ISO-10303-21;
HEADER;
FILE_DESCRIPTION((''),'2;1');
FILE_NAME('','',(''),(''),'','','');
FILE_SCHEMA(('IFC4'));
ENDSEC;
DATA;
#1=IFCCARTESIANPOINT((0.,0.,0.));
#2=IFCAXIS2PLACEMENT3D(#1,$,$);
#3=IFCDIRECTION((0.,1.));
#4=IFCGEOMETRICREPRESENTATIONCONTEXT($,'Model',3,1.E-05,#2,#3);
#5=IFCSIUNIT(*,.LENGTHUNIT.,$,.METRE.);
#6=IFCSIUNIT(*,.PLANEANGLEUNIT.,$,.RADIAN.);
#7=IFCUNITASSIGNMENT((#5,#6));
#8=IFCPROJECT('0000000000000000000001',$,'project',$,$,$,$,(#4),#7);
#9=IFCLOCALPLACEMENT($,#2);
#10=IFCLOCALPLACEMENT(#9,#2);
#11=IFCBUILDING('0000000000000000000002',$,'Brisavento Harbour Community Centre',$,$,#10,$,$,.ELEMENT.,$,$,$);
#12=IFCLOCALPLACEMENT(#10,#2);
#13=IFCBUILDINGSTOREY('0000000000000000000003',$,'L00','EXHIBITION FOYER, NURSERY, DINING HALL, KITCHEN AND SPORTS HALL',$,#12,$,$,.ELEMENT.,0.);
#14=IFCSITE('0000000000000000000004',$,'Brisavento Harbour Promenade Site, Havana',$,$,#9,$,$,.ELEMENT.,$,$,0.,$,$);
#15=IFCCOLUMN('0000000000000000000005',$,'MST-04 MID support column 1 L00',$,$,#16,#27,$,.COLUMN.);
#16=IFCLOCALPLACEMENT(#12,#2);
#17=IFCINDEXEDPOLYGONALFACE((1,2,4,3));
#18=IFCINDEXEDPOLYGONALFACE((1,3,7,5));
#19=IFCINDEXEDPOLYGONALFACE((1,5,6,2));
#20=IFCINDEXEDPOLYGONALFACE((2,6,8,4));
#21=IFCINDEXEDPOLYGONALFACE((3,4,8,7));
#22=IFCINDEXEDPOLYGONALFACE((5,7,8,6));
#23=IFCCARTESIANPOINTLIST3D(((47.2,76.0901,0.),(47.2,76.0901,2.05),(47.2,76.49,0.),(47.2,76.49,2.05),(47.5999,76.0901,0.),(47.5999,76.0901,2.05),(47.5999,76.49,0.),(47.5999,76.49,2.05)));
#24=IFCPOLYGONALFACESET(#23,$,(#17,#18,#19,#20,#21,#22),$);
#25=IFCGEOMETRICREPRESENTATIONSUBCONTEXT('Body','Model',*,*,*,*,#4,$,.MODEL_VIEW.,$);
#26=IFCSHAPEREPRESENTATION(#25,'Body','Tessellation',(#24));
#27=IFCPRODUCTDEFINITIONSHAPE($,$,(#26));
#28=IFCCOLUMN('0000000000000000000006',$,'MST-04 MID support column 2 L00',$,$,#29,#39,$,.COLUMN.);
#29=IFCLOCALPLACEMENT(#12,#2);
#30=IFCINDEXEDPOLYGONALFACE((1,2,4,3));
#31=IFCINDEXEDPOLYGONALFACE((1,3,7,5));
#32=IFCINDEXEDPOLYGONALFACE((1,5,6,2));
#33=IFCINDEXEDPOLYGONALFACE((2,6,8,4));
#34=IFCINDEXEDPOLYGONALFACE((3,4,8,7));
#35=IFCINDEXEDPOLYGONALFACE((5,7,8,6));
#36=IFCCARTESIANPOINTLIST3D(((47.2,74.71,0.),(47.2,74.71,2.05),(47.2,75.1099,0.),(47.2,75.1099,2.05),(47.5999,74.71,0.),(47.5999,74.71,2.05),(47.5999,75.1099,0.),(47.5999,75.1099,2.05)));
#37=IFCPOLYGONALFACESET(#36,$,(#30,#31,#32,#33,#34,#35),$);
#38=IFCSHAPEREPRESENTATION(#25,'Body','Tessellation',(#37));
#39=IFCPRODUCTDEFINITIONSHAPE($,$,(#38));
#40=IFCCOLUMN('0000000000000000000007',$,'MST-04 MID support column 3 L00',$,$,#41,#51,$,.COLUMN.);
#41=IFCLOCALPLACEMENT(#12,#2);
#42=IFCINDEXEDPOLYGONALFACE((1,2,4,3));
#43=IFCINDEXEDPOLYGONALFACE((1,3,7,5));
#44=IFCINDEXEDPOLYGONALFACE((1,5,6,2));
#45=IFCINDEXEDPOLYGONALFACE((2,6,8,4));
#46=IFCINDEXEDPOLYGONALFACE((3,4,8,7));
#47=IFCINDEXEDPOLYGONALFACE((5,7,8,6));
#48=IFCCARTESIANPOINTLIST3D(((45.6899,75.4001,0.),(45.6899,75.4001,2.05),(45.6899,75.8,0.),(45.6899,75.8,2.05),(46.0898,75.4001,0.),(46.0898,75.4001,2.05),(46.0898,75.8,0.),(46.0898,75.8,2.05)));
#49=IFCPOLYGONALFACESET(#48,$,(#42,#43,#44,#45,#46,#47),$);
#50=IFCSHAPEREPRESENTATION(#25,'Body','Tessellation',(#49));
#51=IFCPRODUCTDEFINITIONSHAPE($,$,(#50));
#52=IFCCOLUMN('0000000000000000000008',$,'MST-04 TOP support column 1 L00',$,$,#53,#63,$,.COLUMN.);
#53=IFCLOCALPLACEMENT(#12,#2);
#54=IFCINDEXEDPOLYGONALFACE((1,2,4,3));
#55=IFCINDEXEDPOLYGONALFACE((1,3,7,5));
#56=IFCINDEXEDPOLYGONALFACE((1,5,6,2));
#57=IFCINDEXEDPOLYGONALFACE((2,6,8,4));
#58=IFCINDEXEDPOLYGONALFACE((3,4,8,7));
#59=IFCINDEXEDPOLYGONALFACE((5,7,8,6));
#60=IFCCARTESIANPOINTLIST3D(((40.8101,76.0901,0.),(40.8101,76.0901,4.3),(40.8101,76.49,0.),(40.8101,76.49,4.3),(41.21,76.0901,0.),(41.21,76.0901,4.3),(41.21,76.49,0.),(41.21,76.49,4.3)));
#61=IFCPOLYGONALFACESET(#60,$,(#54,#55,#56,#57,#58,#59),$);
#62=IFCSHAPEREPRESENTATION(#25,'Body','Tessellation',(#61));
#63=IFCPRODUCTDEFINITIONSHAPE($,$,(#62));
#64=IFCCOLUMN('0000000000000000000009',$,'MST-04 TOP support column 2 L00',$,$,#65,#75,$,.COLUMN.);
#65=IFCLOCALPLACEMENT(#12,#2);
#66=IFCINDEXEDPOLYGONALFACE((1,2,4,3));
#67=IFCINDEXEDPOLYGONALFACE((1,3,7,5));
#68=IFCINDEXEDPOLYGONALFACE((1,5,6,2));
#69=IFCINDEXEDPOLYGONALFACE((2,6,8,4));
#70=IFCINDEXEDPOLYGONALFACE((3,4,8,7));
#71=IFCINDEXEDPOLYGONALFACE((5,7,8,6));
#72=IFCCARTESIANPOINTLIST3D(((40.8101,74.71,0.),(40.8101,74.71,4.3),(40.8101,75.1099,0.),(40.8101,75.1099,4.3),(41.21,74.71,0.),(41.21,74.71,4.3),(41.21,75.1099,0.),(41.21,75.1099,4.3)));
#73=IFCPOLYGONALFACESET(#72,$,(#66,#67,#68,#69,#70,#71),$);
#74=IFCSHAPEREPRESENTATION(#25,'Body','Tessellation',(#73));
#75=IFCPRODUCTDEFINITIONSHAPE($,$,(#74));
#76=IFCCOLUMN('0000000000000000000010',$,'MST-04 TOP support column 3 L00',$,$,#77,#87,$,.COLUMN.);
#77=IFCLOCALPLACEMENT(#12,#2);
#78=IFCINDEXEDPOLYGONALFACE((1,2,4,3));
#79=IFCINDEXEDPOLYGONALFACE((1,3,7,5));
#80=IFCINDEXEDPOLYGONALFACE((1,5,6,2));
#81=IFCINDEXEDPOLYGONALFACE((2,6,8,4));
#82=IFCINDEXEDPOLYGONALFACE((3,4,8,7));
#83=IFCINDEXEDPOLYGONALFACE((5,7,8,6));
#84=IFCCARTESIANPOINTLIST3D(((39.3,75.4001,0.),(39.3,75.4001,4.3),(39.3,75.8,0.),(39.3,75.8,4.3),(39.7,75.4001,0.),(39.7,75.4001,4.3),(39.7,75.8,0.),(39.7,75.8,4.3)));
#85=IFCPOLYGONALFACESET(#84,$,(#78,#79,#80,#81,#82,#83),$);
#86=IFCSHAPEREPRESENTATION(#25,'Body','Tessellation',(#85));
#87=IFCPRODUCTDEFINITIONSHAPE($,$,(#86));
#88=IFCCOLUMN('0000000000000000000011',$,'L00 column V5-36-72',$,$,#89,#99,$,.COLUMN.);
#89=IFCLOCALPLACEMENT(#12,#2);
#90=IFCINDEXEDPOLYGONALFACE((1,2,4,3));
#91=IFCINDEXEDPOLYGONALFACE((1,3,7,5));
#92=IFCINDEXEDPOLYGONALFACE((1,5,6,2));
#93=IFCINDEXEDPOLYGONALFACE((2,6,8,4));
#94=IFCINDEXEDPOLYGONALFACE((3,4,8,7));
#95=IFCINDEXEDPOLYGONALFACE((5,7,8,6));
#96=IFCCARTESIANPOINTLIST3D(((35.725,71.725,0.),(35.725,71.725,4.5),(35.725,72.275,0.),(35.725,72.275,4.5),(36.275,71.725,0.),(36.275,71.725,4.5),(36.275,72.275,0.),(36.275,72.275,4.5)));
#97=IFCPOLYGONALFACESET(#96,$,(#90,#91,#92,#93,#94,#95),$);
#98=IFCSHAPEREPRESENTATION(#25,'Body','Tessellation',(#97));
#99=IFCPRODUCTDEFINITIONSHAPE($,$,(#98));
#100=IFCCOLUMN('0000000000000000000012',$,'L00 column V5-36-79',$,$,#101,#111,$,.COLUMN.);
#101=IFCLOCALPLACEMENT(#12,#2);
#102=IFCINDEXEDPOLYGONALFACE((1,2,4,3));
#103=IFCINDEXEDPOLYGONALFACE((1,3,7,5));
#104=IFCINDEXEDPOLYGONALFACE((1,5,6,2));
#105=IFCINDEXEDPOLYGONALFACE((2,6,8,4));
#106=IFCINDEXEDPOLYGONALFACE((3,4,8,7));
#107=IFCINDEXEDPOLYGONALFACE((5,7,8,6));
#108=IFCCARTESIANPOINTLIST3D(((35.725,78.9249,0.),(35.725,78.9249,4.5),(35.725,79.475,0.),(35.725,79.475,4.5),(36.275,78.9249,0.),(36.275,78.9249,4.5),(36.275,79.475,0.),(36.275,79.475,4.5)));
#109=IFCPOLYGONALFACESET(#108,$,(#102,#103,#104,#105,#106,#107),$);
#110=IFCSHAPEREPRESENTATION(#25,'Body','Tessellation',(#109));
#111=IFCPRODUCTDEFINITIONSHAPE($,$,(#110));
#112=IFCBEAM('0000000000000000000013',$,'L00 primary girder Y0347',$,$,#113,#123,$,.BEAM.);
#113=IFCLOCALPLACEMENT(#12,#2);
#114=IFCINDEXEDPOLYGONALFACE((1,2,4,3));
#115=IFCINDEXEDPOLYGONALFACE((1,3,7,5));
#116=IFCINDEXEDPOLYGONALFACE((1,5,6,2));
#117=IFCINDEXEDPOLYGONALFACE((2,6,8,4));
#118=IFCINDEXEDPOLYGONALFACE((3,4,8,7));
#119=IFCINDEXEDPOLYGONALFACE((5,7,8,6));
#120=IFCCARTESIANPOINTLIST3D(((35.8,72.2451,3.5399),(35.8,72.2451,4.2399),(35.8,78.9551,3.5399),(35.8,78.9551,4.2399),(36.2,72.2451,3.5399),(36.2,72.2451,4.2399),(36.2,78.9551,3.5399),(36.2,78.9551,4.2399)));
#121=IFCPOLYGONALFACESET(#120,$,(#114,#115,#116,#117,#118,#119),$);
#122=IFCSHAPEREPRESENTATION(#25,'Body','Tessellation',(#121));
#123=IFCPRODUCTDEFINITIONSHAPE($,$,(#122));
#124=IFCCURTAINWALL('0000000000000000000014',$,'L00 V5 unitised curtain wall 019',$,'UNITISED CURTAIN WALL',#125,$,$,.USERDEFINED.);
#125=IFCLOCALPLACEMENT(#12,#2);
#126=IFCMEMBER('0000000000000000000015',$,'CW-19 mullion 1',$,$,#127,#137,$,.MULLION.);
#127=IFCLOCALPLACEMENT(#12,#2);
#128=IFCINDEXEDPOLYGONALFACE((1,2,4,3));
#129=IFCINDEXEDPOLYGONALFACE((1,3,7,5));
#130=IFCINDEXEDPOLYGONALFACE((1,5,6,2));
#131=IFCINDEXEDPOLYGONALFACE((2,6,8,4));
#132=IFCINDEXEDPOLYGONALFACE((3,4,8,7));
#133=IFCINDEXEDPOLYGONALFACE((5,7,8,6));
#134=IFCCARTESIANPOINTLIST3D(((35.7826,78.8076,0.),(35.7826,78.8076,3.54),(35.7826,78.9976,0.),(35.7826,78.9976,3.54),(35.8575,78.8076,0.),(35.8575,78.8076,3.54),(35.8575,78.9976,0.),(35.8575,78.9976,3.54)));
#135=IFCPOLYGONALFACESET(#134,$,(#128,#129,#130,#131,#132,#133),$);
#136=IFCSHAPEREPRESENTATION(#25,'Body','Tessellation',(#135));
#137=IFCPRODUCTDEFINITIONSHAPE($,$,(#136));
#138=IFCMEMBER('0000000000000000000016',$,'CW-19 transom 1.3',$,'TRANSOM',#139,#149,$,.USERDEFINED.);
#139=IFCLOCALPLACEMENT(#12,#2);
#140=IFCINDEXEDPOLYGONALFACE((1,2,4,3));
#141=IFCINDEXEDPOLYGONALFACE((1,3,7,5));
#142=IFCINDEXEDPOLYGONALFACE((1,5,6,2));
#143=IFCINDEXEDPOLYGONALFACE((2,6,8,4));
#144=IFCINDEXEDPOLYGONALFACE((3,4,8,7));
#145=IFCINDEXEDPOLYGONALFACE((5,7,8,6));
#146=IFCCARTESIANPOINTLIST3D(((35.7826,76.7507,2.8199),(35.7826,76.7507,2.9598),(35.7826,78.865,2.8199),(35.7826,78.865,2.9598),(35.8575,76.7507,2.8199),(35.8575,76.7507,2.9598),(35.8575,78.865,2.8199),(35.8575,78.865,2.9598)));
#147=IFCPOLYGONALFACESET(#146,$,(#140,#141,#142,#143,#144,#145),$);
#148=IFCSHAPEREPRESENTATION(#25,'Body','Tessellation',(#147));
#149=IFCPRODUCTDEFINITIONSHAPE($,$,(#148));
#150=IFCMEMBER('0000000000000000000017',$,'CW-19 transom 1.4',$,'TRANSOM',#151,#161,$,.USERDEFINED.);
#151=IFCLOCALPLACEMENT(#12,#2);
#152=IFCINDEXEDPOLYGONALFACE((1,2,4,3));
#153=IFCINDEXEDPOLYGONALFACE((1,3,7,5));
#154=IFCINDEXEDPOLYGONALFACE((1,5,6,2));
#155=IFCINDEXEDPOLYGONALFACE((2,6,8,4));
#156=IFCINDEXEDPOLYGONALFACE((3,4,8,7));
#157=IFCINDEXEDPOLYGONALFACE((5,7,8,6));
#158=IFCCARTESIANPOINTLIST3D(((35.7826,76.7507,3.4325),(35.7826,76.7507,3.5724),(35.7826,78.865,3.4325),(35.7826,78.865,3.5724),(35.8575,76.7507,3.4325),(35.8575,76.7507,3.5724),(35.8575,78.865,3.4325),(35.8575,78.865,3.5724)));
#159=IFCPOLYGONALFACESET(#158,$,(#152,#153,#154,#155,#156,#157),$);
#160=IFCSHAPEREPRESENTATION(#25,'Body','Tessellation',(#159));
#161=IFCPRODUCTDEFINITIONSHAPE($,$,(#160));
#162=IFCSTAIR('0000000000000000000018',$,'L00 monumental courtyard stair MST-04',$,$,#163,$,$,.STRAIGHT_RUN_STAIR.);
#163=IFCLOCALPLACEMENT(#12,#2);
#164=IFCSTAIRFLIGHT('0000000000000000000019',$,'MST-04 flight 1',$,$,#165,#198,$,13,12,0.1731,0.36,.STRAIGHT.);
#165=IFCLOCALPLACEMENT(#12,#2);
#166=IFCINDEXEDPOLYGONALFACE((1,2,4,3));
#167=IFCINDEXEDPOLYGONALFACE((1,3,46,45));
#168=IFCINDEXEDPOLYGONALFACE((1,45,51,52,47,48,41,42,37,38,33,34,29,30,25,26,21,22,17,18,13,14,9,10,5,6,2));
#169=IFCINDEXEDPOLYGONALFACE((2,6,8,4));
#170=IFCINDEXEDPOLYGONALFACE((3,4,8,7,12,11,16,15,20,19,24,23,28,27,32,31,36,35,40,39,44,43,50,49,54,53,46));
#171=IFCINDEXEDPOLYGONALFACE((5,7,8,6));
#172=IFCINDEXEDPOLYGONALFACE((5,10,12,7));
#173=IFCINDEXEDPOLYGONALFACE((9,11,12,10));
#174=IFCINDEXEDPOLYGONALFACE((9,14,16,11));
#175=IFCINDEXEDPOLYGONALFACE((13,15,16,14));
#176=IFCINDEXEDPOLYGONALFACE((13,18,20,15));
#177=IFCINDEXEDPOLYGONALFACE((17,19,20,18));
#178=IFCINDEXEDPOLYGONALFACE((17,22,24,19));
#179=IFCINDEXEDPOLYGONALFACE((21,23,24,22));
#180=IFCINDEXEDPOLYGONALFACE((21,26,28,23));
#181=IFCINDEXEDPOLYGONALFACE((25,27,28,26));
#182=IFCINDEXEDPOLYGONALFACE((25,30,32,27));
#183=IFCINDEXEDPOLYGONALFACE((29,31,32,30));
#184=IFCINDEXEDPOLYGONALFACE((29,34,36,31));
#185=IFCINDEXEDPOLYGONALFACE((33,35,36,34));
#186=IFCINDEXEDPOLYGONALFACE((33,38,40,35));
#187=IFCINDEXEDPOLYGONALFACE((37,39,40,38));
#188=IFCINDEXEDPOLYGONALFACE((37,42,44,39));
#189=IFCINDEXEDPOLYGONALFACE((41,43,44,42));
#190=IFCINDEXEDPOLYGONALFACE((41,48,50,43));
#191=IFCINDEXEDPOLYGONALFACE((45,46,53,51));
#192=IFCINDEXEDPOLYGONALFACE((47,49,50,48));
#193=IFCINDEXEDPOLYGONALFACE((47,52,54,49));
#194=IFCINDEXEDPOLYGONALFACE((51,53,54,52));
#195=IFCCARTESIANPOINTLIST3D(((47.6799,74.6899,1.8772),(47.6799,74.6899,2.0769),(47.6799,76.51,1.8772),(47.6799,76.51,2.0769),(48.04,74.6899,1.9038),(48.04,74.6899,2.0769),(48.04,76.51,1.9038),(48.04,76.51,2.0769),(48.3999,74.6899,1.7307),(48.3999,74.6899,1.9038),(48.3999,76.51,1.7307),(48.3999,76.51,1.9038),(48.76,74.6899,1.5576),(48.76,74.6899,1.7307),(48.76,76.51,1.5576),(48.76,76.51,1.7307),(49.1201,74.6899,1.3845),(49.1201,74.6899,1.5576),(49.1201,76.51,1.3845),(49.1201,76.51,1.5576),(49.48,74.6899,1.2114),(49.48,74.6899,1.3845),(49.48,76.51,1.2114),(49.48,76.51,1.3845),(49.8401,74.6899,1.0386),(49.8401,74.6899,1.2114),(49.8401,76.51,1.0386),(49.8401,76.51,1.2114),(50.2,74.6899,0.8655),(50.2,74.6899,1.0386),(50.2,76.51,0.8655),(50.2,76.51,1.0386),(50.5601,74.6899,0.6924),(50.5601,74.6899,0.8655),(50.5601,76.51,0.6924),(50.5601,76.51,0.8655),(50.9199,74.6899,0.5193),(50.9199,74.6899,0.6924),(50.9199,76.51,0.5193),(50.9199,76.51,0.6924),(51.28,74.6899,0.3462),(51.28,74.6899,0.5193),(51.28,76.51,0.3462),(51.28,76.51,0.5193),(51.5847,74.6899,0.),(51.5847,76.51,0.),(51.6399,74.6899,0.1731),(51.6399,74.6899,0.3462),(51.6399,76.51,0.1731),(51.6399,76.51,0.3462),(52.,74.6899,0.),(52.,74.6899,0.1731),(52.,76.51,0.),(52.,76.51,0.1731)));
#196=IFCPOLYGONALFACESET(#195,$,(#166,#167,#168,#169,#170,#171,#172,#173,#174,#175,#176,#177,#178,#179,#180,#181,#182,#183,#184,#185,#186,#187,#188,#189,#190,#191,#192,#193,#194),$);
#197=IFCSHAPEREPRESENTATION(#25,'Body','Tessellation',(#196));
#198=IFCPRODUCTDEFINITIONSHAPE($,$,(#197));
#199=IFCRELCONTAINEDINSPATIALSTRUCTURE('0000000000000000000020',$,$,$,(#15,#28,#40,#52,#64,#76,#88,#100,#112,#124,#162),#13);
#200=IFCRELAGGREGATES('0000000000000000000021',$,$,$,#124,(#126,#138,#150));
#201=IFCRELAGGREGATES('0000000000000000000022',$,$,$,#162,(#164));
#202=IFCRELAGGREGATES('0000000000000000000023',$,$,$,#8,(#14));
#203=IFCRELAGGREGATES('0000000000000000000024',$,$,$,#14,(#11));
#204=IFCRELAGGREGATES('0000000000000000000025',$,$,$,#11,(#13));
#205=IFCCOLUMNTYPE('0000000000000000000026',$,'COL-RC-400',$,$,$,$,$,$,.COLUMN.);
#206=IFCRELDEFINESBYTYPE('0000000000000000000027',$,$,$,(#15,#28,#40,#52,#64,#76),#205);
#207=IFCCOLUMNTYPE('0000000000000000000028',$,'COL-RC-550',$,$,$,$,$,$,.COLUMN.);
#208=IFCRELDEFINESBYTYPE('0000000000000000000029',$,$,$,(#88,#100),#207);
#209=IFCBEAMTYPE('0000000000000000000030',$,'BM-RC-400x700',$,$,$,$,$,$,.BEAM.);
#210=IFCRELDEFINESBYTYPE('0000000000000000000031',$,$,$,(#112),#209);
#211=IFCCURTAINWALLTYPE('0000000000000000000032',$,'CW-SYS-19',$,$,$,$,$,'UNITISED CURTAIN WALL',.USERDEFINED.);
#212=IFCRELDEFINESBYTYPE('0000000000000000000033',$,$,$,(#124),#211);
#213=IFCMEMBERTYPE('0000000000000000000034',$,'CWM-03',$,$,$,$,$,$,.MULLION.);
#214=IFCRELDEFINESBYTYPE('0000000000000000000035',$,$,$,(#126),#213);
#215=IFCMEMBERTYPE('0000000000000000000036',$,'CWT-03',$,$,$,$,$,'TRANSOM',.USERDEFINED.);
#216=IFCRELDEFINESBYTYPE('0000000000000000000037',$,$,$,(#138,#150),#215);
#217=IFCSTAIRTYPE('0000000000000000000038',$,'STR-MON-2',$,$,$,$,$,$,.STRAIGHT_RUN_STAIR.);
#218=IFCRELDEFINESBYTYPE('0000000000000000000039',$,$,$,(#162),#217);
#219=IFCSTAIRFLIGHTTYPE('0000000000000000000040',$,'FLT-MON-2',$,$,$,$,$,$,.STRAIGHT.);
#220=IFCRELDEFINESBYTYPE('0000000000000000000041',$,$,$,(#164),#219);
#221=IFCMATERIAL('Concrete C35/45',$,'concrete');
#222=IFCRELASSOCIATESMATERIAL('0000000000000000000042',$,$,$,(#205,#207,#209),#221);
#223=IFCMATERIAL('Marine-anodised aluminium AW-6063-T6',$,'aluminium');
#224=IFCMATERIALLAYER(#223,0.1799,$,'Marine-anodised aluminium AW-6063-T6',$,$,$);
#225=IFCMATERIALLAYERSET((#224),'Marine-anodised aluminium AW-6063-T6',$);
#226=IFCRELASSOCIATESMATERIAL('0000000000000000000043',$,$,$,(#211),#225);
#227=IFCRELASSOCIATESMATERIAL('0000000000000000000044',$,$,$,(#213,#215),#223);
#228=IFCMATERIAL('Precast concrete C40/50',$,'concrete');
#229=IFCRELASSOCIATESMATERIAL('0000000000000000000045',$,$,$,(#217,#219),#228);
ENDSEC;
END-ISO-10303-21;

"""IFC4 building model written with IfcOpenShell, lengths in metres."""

from ifc_helpers import new_model, si_unit, direction, frame, origin, origin_2d, place, context, subcontext, project, spatial, polyline, rectangle, outline, extrude, material, layer, layer_set, material_profile, profile_set, type_object, element, aggregate, save


model = new_model("IFC4")

# Units and contexts
model_context = context("Model", 3, precision=1e-05, world=origin(), true_north=direction((0.0, 1.0)))
body_context = subcontext(model_context, "Body", "Model", "MODEL_VIEW")
ifc_project = project(units=[si_unit("LENGTHUNIT", "METRE"), si_unit("PLANEANGLEUNIT", "RADIAN")], contexts=[model_context])

# Site, building, storey
site_placement = place(None, origin())
site = spatial("IfcSite", under=ifc_project, at=site_placement, Name="Brisavento Harbour Promenade Site, Havana", CompositionType="ELEMENT", RefElevation=0.0)
building_placement = place(site_placement, origin())
building = spatial("IfcBuilding", under=site, at=building_placement, Name="Brisavento Harbour Community Centre", CompositionType="ELEMENT")
storey_placement = place(building_placement, origin())
storey = spatial("IfcBuildingStorey", under=building, at=storey_placement, Name="L00", Description="EXHIBITION FOYER, NURSERY, DINING HALL, KITCHEN AND SPORTS HALL", CompositionType="ELEMENT", Elevation=0.0)

# Columns
ifc_material_1 = material(Name="Concrete C35/45", Category="concrete")
ifc_material_profile_1 = material_profile(ifc_material_1, rectangle(XDim=0.3999, YDim=0.3999, at=origin_2d()), Name="Concrete C35/45")
ifc_profile_set_1 = profile_set([ifc_material_profile_1], Name="Concrete C35/45")
column_type_1 = type_object("IfcColumnType", Name="COL-RC-400", PredefinedType="COLUMN", material=ifc_profile_set_1)
for number, where, z_axis, x_axis, name in (
    (1, (47.3999, 76.29, 0.0), (0.0, 0.0, 1.0), (1.0, 0.0, 0.0), "MST-04 MID support column 1 L00"),
    (2, (47.3999, 74.9099, 0.0), (0.0, 0.0, 1.0), (1.0, 0.0, 0.0), "MST-04 MID support column 2 L00"),
    (3, (45.8899, 75.6001, 0.0), (0.0, 0.0, 1.0), (1.0, 0.0, 0.0), "MST-04 MID support column 3 L00"),
):
    element("IfcColumn", number, at=place(storey_placement, frame(where, z_axis=z_axis, x_axis=x_axis)), inside=storey, type_object=column_type_1, Name=name, PredefinedType="COLUMN", context=body_context, shape_type="SweptSolid", body=[
        extrude(rectangle(XDim=0.3999, YDim=0.3999, at=origin_2d()), origin(), (0.0, 0.0, 1.0), 2.05),
    ])
for number, where, z_axis, x_axis, name in (
    (4, (41.01, 76.29, 0.0), (0.0, 0.0, 1.0), (1.0, 0.0, 0.0), "MST-04 TOP support column 1 L00"),
    (5, (41.01, 74.9099, 0.0), (0.0, 0.0, 1.0), (1.0, 0.0, 0.0), "MST-04 TOP support column 2 L00"),
    (6, (39.5, 75.6001, 0.0), (0.0, 0.0, 1.0), (1.0, 0.0, 0.0), "MST-04 TOP support column 3 L00"),
):
    element("IfcColumn", number, at=place(storey_placement, frame(where, z_axis=z_axis, x_axis=x_axis)), inside=storey, type_object=column_type_1, Name=name, PredefinedType="COLUMN", context=body_context, shape_type="SweptSolid", body=[
        extrude(rectangle(XDim=0.3999, YDim=0.3999, at=origin_2d()), origin(), (0.0, 0.0, 1.0), 4.3),
    ])
ifc_material_profile_2 = material_profile(ifc_material_1, rectangle(XDim=0.55, YDim=0.55, at=origin_2d()), Name="Concrete C35/45")
ifc_profile_set_2 = profile_set([ifc_material_profile_2], Name="Concrete C35/45")
column_type_2 = type_object("IfcColumnType", Name="COL-RC-550", PredefinedType="COLUMN", material=ifc_profile_set_2)
for number, where, z_axis, x_axis, name in (
    (7, (36.0, 72.0, 0.0), (0.0, 0.0, 1.0), (1.0, 0.0, 0.0), "L00 column V5-36-72"),
    (8, (36.0, 79.2, 0.0), (0.0, 0.0, 1.0), (1.0, 0.0, 0.0), "L00 column V5-36-79"),
):
    element("IfcColumn", number, at=place(storey_placement, frame(where, z_axis=z_axis, x_axis=x_axis)), inside=storey, type_object=column_type_2, Name=name, PredefinedType="COLUMN", context=body_context, shape_type="SweptSolid", body=[
        extrude(rectangle(XDim=0.55, YDim=0.55, at=origin_2d()), origin(), (0.0, 0.0, 1.0), 4.5),
    ])

# Beam
ifc_material_profile_3 = material_profile(ifc_material_1, rectangle(XDim=0.3999, YDim=0.7, at=origin_2d()), Name="Concrete C35/45")
ifc_profile_set_3 = profile_set([ifc_material_profile_3], Name="Concrete C35/45")
beam_type = type_object("IfcBeamType", Name="BM-RC-400x700", PredefinedType="BEAM", material=ifc_profile_set_3)
beam_placement = place(storey_placement, frame((36.0, 72.2451, 3.8899), z_axis=(0.0, 1.0, 0.0), x_axis=(-1.0, 0.0, 0.0)))
element("IfcBeam", 9, at=beam_placement, inside=storey, type_object=beam_type, Name="L00 primary girder Y0347", PredefinedType="BEAM", context=body_context, shape_type="SweptSolid", body=[
    extrude(rectangle(XDim=0.3999, YDim=0.7, at=origin_2d()), origin(), (0.0, 0.0, 1.0), 6.71),
])

# Curtain wall, members
ifc_material_2 = material(Name="Marine-anodised aluminium AW-6063-T6", Category="aluminium")
ifc_layer = layer(ifc_material_2, 0.1799, Name="Marine-anodised aluminium AW-6063-T6")
ifc_layer_set = layer_set([ifc_layer], Name="Marine-anodised aluminium AW-6063-T6")
curtain_wall_type = type_object("IfcCurtainWallType", Name="CW-SYS-19", ElementType="UNITISED CURTAIN WALL", PredefinedType="USERDEFINED", material=ifc_layer_set)
curtain_wall_placement = place(storey_placement, origin())
curtain_wall = element("IfcCurtainWall", 10, at=curtain_wall_placement, inside=storey, type_object=curtain_wall_type, Name="L00 V5 unitised curtain wall 019", ObjectType="UNITISED CURTAIN WALL", PredefinedType="USERDEFINED")
ifc_material_profile_4 = material_profile(ifc_material_2, rectangle(XDim=0.075, YDim=0.1899, at=origin_2d()), Name="Marine-anodised aluminium AW-6063-T6")
ifc_profile_set_4 = profile_set([ifc_material_profile_4], Name="Marine-anodised aluminium AW-6063-T6")
member_type_1 = type_object("IfcMemberType", Name="CWM-03", PredefinedType="MULLION", material=ifc_profile_set_4)
member_1_placement = place(storey_placement, frame((35.8201, 78.9026, 0.0), z_axis=(0.0, 0.0, 1.0), x_axis=(1.0, 0.0, 0.0)))
member_1 = element("IfcMember", 11, at=member_1_placement, type_object=member_type_1, Name="CW-19 mullion 1", PredefinedType="MULLION", context=body_context, shape_type="SweptSolid", body=[
    extrude(rectangle(XDim=0.075, YDim=0.1899, at=origin_2d()), origin(), (0.0, 0.0, 1.0), 3.54),
])
ifc_material_profile_5 = material_profile(ifc_material_2, rectangle(XDim=0.075, YDim=0.1399, at=origin_2d()), Name="Marine-anodised aluminium AW-6063-T6")
ifc_profile_set_5 = profile_set([ifc_material_profile_5], Name="Marine-anodised aluminium AW-6063-T6")
member_type_2 = type_object("IfcMemberType", Name="CWT-03", ElementType="TRANSOM", PredefinedType="USERDEFINED", material=ifc_profile_set_5)
member_2_placement = place(storey_placement, frame((35.8201, 78.865, 2.8899), z_axis=(0.0, -1.0, 0.0), x_axis=(1.0, 0.0, 0.0)))
member_2 = element("IfcMember", 12, at=member_2_placement, type_object=member_type_2, Name="CW-19 transom 1.3", ObjectType="TRANSOM", PredefinedType="USERDEFINED", context=body_context, shape_type="SweptSolid", body=[
    extrude(rectangle(XDim=0.075, YDim=0.1399, at=origin_2d()), origin(), (0.0, 0.0, 1.0), 2.1143),
])
member_3_placement = place(storey_placement, frame((35.8201, 78.865, 3.5024), z_axis=(0.0, -1.0, 0.0), x_axis=(1.0, 0.0, 0.0)))
member_3 = element("IfcMember", 13, at=member_3_placement, type_object=member_type_2, Name="CW-19 transom 1.4", ObjectType="TRANSOM", PredefinedType="USERDEFINED", context=body_context, shape_type="SweptSolid", body=[
    extrude(rectangle(XDim=0.075, YDim=0.1399, at=origin_2d()), origin(), (0.0, 0.0, 1.0), 2.1143),
])
aggregate(curtain_wall, [member_1, member_2, member_3])

# Stair, stair flight
ifc_material_3 = material(Name="Precast concrete C40/50", Category="concrete")
stair_type = type_object("IfcStairType", Name="STR-MON-2", PredefinedType="STRAIGHT_RUN_STAIR", material=ifc_material_3)
stair_placement = place(storey_placement, origin())
stair = element("IfcStair", 14, at=stair_placement, inside=storey, type_object=stair_type, Name="L00 monumental courtyard stair MST-04", PredefinedType="STRAIGHT_RUN_STAIR")
stair_flight_type = type_object("IfcStairFlightType", Name="FLT-MON-2", PredefinedType="STRAIGHT", material=ifc_material_3)
stair_flight_1_placement = place(storey_placement, frame((52.0, 75.6001, 0.0), z_axis=(0.0, 0.0, 1.0), x_axis=(-1.0, 0.0, 0.0)))
stair_flight_1 = element("IfcStairFlight", 15, at=stair_flight_1_placement, type_object=stair_flight_type, Name="MST-04 flight 1", NumberOfRisers=13, NumberOfTreads=12, PredefinedType="STRAIGHT", RiserHeight=0.1731, TreadLength=0.36, context=body_context, shape_type="SweptSolid", body=[
    extrude(outline(polyline([(0.0, 0.0), (0.0, 0.1731), (0.3601, 0.1731), (0.3601, 0.3462), (0.72, 0.3462), (0.72, 0.5193), (1.0801, 0.5193), (1.0801, 0.6924), (1.4399, 0.6924), (1.4399, 0.8655), (1.8, 0.8655), (1.8, 1.0386), (2.1599, 1.0386), (2.1599, 1.2114), (2.52, 1.2114), (2.52, 1.3845), (2.8799, 1.3845), (2.8799, 1.5576), (3.24, 1.5576), (3.24, 1.7307), (3.6001, 1.7307), (3.6001, 1.9038), (3.96, 1.9038), (3.96, 2.0769), (4.3201, 2.0769), (4.3201, 2.25), (4.3201, 1.8772), (0.4153, 0.0), (0.0, 0.0)])), frame((0.0, 0.9102, 0.0), z_axis=(0.0, -1.0, 0.0), x_axis=(1.0, 0.0, 0.0)), (0.0, 0.0, 1.0), 1.8201),
])
aggregate(stair, [stair_flight_1])

save(model, "model.ifc")
